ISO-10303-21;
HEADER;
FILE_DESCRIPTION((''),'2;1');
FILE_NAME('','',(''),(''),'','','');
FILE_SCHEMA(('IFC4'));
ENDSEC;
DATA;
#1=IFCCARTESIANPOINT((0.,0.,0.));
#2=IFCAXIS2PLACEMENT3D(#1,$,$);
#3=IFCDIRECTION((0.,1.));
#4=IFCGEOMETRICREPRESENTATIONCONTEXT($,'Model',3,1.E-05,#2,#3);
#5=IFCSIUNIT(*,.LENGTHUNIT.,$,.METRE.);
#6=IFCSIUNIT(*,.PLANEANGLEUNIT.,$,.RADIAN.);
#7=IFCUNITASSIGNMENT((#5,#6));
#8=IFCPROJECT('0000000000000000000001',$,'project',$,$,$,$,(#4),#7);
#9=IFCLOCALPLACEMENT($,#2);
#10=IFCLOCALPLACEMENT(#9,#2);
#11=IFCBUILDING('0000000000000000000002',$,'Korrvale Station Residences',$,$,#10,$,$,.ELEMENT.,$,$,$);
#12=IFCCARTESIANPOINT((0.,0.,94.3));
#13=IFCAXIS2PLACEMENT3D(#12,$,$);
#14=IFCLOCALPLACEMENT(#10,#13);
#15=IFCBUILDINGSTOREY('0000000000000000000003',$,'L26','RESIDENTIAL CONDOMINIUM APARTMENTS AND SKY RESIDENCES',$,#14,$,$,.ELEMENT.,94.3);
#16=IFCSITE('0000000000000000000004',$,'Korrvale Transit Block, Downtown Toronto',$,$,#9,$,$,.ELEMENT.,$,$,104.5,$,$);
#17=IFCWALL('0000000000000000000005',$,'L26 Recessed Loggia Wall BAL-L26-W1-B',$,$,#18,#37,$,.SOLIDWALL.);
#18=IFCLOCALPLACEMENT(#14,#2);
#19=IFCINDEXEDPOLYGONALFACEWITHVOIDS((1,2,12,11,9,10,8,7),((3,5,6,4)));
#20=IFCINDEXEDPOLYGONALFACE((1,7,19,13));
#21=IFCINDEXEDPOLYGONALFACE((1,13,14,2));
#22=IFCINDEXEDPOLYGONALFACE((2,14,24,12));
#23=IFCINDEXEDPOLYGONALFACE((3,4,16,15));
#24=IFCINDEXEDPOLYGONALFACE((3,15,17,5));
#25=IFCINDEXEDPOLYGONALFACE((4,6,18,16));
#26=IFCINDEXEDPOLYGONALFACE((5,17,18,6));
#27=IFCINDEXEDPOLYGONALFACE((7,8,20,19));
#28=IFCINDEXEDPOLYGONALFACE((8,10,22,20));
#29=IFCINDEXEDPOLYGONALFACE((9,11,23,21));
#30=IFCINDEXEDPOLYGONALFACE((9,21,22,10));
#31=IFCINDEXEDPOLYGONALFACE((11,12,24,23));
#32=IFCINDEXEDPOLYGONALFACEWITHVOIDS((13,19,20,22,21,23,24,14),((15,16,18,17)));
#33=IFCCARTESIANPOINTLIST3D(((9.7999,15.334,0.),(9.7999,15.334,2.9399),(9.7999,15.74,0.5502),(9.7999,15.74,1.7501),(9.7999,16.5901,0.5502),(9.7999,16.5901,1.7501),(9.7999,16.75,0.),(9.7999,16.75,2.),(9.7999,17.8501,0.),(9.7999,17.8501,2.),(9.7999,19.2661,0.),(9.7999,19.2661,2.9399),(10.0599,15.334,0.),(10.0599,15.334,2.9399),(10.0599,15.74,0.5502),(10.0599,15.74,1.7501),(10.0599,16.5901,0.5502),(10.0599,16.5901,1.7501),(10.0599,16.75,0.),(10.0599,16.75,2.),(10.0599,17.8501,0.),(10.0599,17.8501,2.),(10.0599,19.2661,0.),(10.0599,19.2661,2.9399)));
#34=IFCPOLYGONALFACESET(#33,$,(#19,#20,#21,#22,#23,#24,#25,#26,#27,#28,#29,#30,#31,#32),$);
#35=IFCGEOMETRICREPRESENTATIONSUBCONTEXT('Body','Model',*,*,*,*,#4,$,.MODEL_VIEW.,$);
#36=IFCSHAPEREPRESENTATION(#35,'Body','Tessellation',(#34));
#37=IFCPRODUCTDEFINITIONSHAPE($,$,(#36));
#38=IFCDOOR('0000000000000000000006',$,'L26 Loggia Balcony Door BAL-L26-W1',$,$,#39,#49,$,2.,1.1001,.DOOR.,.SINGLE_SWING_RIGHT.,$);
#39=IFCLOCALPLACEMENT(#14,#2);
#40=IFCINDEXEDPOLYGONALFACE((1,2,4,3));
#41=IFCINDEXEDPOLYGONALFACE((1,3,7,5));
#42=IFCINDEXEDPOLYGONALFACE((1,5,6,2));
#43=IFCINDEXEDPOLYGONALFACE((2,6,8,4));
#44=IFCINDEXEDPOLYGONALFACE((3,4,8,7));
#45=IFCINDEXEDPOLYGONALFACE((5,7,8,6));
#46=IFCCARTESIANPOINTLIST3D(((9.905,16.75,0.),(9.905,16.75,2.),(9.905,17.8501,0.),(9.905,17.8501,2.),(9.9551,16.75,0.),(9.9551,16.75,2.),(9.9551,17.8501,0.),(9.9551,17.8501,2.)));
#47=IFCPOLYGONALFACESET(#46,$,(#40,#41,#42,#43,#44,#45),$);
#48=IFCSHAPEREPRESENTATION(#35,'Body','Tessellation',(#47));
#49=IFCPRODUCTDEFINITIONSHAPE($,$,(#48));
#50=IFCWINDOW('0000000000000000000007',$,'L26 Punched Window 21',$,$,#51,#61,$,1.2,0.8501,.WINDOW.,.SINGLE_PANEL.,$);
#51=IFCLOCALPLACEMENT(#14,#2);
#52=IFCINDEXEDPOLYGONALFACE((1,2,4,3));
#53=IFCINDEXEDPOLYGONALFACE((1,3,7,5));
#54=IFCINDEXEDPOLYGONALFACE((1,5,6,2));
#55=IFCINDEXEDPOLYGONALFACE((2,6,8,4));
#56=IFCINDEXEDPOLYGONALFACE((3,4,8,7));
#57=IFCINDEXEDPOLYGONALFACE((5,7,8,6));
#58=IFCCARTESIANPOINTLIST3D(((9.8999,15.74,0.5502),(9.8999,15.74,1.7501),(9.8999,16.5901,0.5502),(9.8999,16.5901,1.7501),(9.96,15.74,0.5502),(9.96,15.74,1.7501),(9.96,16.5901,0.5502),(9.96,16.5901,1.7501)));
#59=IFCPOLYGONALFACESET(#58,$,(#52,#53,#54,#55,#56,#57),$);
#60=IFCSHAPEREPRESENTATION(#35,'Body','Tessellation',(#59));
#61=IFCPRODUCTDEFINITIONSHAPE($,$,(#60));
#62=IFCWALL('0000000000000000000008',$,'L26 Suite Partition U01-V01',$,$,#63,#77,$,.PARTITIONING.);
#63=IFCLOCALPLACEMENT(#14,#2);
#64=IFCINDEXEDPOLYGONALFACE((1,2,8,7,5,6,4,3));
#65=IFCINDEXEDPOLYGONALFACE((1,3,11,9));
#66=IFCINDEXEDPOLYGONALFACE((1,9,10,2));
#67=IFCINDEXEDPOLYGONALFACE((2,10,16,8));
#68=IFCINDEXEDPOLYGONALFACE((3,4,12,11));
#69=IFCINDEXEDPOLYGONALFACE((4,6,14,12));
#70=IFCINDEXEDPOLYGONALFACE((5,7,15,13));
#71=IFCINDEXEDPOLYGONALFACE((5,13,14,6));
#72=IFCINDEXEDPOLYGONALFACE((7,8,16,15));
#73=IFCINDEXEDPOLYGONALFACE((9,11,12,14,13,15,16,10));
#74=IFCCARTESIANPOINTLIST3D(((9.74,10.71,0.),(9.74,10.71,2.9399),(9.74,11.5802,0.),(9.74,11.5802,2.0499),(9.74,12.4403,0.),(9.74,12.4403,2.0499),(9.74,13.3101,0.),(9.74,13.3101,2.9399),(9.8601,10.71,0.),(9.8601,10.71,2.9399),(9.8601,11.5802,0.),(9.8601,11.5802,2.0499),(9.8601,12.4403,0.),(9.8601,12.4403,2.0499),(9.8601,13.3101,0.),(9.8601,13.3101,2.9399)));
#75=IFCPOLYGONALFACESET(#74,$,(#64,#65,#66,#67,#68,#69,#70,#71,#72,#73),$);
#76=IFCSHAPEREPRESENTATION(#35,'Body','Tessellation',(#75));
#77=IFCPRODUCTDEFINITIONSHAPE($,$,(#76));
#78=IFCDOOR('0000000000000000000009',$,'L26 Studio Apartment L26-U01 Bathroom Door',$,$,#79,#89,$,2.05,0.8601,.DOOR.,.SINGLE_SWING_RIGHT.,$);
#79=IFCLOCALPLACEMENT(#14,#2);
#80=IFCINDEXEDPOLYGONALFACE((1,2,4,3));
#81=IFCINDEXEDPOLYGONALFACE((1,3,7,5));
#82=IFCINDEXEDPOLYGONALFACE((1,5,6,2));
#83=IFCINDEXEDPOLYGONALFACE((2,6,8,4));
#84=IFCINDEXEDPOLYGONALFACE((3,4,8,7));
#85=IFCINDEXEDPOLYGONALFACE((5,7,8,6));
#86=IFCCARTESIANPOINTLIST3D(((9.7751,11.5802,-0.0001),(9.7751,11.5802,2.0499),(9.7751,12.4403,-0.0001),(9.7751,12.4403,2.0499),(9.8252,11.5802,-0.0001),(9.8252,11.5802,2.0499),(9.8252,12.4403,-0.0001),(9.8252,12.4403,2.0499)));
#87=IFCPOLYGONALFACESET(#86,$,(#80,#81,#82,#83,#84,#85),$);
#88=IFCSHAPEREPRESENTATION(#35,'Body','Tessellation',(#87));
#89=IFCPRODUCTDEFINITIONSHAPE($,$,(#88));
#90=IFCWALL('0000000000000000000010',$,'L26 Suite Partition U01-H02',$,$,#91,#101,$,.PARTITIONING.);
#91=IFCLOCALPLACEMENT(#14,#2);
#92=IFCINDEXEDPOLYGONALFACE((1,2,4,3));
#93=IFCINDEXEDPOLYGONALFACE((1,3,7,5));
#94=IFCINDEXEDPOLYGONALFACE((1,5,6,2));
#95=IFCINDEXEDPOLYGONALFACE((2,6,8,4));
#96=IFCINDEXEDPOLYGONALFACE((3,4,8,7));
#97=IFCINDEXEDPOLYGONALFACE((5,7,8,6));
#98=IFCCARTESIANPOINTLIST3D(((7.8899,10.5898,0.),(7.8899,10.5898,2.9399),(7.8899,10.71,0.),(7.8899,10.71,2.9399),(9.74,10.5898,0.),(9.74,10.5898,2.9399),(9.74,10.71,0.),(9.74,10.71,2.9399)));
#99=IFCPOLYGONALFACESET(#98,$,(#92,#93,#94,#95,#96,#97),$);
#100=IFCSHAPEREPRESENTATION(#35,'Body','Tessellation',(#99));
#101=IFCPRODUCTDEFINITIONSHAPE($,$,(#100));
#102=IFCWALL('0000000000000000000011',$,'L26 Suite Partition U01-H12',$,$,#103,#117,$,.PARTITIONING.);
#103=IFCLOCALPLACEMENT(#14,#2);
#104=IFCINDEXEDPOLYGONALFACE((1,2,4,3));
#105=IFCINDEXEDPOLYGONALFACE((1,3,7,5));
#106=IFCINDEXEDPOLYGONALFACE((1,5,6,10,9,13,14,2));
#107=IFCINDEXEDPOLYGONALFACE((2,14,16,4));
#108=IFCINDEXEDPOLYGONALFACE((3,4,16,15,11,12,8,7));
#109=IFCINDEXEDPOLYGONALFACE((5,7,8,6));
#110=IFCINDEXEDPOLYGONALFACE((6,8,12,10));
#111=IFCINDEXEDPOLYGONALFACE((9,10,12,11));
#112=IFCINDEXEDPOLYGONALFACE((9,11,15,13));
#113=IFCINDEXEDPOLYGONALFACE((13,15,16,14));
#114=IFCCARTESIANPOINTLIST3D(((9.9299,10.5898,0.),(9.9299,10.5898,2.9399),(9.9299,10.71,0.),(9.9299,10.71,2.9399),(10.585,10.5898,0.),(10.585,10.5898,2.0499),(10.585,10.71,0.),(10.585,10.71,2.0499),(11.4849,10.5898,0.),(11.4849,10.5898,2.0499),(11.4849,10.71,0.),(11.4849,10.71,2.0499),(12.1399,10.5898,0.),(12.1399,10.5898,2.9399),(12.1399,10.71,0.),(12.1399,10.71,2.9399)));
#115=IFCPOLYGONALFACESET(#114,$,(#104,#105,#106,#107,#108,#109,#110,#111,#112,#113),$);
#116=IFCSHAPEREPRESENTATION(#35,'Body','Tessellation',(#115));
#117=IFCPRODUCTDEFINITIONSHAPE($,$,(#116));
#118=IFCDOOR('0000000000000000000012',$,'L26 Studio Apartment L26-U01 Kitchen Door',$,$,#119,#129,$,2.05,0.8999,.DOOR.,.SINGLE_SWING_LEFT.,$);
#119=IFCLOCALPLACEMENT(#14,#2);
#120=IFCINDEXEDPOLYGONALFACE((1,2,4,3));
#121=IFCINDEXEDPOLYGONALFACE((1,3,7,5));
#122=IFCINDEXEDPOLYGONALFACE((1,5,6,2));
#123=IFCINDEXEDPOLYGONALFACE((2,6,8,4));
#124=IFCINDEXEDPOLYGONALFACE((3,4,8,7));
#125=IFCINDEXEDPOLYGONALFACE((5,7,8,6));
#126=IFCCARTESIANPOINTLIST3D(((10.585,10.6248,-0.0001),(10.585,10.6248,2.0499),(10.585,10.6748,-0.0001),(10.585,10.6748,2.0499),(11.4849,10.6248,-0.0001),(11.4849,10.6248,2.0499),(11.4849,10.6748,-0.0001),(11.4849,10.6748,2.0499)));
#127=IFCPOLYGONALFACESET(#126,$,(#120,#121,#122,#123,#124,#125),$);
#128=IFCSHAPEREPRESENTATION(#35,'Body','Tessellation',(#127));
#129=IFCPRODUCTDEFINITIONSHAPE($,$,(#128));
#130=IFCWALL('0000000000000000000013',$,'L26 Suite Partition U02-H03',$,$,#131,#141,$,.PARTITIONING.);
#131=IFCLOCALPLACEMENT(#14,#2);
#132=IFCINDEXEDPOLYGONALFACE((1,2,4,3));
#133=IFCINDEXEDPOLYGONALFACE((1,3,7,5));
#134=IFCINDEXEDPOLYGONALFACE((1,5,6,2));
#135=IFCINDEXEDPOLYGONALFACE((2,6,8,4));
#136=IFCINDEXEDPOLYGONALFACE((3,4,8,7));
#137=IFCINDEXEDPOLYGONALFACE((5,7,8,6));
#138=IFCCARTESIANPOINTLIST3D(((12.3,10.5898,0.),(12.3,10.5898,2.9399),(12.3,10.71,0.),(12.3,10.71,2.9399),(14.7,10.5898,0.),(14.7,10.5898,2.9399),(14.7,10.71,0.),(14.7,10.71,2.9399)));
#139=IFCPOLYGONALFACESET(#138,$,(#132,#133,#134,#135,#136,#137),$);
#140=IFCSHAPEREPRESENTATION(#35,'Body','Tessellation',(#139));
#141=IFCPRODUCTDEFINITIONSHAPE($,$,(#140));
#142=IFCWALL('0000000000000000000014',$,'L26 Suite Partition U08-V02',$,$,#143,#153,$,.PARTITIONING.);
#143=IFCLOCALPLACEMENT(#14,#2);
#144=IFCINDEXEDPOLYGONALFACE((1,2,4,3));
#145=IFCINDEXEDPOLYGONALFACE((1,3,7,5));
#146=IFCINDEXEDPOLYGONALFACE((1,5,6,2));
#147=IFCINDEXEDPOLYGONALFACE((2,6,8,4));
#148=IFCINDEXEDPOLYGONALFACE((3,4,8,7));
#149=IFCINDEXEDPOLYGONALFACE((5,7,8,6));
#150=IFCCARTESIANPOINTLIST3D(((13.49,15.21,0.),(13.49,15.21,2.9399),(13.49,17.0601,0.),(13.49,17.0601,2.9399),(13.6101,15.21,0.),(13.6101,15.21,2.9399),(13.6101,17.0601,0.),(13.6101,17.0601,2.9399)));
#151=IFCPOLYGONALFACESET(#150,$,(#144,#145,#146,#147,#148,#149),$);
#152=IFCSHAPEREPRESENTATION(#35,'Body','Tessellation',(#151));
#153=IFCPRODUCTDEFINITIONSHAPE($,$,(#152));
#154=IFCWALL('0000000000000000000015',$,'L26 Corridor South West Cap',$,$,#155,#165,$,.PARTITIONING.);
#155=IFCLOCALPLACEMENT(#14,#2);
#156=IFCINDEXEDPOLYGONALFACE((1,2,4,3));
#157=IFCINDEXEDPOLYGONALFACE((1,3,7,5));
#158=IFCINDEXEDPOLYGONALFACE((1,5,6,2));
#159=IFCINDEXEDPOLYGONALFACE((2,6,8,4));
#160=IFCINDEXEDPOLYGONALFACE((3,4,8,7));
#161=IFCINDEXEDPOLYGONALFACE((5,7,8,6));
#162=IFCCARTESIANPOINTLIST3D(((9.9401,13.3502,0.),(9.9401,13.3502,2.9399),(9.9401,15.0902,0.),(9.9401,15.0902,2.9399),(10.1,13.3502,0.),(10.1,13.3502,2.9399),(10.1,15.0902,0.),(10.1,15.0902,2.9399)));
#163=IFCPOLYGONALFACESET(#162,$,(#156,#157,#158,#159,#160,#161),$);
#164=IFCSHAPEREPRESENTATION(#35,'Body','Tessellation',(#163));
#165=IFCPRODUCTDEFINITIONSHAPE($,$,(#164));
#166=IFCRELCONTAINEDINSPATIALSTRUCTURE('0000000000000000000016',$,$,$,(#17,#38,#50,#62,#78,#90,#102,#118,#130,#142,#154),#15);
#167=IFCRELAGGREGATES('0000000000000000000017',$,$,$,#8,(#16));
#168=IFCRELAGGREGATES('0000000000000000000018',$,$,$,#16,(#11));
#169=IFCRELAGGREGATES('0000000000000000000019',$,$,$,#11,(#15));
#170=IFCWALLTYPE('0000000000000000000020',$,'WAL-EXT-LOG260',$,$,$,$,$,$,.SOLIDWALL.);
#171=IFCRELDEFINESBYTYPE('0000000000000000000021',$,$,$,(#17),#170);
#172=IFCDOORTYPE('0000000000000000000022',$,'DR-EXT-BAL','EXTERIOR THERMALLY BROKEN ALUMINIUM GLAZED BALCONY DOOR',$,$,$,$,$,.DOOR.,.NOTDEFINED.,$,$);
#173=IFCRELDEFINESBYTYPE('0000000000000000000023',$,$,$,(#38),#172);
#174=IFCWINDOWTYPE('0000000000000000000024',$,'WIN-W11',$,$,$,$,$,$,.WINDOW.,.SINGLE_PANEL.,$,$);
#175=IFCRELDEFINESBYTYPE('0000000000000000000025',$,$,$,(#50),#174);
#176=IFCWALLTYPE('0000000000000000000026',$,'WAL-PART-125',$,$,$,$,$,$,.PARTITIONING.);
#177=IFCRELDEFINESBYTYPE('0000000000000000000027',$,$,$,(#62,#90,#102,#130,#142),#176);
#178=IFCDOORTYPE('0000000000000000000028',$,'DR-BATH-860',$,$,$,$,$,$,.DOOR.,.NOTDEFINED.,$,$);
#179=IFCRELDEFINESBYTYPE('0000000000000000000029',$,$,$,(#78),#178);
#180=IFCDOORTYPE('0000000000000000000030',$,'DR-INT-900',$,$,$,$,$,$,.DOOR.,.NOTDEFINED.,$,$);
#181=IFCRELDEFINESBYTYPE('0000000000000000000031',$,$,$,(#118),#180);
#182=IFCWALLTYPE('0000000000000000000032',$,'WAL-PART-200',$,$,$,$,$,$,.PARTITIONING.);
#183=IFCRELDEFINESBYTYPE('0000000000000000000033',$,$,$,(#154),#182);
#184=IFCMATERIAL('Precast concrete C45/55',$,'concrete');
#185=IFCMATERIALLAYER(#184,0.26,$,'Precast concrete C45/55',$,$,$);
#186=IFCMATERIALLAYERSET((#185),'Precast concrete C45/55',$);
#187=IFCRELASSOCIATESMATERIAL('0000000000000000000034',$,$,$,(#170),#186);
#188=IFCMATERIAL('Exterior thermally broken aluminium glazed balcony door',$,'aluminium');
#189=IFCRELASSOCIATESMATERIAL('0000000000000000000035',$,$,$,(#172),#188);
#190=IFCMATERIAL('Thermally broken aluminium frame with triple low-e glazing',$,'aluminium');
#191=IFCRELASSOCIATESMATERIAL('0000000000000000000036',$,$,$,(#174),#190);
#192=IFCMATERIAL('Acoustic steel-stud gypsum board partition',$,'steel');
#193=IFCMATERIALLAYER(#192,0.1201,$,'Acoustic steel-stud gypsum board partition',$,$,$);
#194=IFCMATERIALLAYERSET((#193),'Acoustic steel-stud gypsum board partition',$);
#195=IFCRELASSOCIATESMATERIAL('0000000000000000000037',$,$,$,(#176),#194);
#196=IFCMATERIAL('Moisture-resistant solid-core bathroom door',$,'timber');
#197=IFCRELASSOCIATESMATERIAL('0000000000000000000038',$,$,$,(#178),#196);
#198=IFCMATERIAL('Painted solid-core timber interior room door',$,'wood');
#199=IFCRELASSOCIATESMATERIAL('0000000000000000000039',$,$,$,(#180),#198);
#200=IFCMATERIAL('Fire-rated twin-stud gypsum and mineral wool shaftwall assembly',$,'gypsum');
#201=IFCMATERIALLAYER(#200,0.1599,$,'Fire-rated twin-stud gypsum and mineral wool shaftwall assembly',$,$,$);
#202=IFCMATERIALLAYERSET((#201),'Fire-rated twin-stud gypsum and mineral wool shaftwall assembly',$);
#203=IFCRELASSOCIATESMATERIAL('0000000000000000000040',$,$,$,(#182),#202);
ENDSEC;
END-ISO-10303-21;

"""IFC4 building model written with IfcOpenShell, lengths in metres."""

from ifc_helpers import new_model, si_unit, direction, frame, frame_2d, origin, place, context, subcontext, project, spatial, rectangle, extrude, material, layer, layer_set, type_object, element, fill, save


model = new_model("IFC4")

# Units and contexts
model_context = context("Model", 3, precision=1e-05, world=origin(), true_north=direction((0.0, 1.0)))
body_context = subcontext(model_context, "Body", "Model", "MODEL_VIEW")
ifc_project = project(units=[si_unit("LENGTHUNIT", "METRE"), si_unit("PLANEANGLEUNIT", "RADIAN")], contexts=[model_context])

# Site, building, storey
site_placement = place(None, origin())
site = spatial("IfcSite", under=ifc_project, at=site_placement, Name="Korrvale Transit Block, Downtown Toronto", CompositionType="ELEMENT", RefElevation=104.5)
building_placement = place(site_placement, origin())
building = spatial("IfcBuilding", under=site, at=building_placement, Name="Korrvale Station Residences", CompositionType="ELEMENT")
storey_placement = place(building_placement, frame((0.0, 0.0, 94.3)))
storey = spatial("IfcBuildingStorey", under=building, at=storey_placement, Name="L26", Description="RESIDENTIAL CONDOMINIUM APARTMENTS AND SKY RESIDENCES", CompositionType="ELEMENT", Elevation=94.3)

# Shared definitions
ifc_material_1 = material(Name="Precast concrete C45/55", Category="concrete")
ifc_layer_1 = layer(ifc_material_1, 0.26, Name="Precast concrete C45/55")
ifc_layer_set_1 = layer_set([ifc_layer_1], Name="Precast concrete C45/55")
wall_type_1 = type_object("IfcWallType", Name="WAL-EXT-LOG260", PredefinedType="SOLIDWALL", material=ifc_layer_set_1)

# Wall, openings, door, window
wall_1_placement = place(storey_placement, frame((9.9299, 15.334, 0.0), z_axis=(0.0, 0.0, 1.0), x_axis=(0.0, 1.0, 0.0)))
wall_1 = element("IfcWall", 1, at=wall_1_placement, inside=storey, type_object=wall_type_1, Name="L26 Recessed Loggia Wall BAL-L26-W1-B", PredefinedType="SOLIDWALL", context=body_context, shape_type="SweptSolid", body=[
    extrude(rectangle(XDim=3.9321, YDim=0.26, at=frame_2d((1.9661, 0.0))), origin(), (0.0, 0.0, 1.0), 2.9399),
])
opening_1_placement = place(wall_1_placement, frame((1.416, 0.0, 0.0)))
opening_1 = element("IfcOpeningElement", 2, at=opening_1_placement, cuts=wall_1, PredefinedType="OPENING", context=body_context, shape_type="SweptSolid", body=[
    extrude(rectangle(XDim=1.1001, YDim=2.0, at=frame_2d((0.55, 1.0))), frame((0.0, 0.1401, 0.0), z_axis=(0.0, -1.0, 0.0), x_axis=(1.0, 0.0, 0.0)), (0.0, 0.0, 1.0), 0.28),
])
opening_2_placement = place(wall_1_placement, frame((0.406, 0.0, 0.55)))
opening_2 = element("IfcOpeningElement", 3, at=opening_2_placement, cuts=wall_1, PredefinedType="OPENING", context=body_context, shape_type="SweptSolid", body=[
    extrude(rectangle(XDim=0.8501, YDim=1.2, at=frame_2d((0.425, 0.6001))), frame((0.0, 0.1401, 0.0), z_axis=(0.0, -1.0, 0.0), x_axis=(1.0, 0.0, 0.0)), (0.0, 0.0, 1.0), 0.28),
])
ifc_material_2 = material(Name="Exterior thermally broken aluminium glazed balcony door", Category="aluminium")
door_type_1 = type_object("IfcDoorType", Name="DR-EXT-BAL", Description="EXTERIOR THERMALLY BROKEN ALUMINIUM GLAZED BALCONY DOOR", OperationType="NOTDEFINED", PredefinedType="DOOR", material=ifc_material_2)
door_1_placement = place(opening_1_placement, origin())
door_1 = element("IfcDoor", 4, at=door_1_placement, inside=storey, type_object=door_type_1, Name="L26 Loggia Balcony Door BAL-L26-W1", OperationType="SINGLE_SWING_RIGHT", OverallHeight=2.0, OverallWidth=1.1001, PredefinedType="DOOR", context=body_context, shape_type="SweptSolid", body=[
    extrude(rectangle(XDim=1.1001, YDim=2.0, at=frame_2d((0.55, 1.0))), frame((0.0, 0.0249, 0.0), z_axis=(0.0, -1.0, 0.0), x_axis=(1.0, 0.0, 0.0)), (0.0, 0.0, 1.0), 0.05),
])
fill(opening_1, door_1)
ifc_material_3 = material(Name="Thermally broken aluminium frame with triple low-e glazing", Category="aluminium")
window_type = type_object("IfcWindowType", Name="WIN-W11", PartitioningType="SINGLE_PANEL", PredefinedType="WINDOW", material=ifc_material_3)
window_placement = place(opening_2_placement, origin())
window = element("IfcWindow", 5, at=window_placement, inside=storey, type_object=window_type, Name="L26 Punched Window 21", OverallHeight=1.2, OverallWidth=0.8501, PartitioningType="SINGLE_PANEL", PredefinedType="WINDOW", context=body_context, shape_type="SweptSolid", body=[
    extrude(rectangle(XDim=0.8501, YDim=1.2, at=frame_2d((0.425, 0.6001))), frame((0.0, 0.03, 0.0), z_axis=(0.0, -1.0, 0.0), x_axis=(1.0, 0.0, 0.0)), (0.0, 0.0, 1.0), 0.0601),
])
fill(opening_2, window)

# Wall, opening, door
ifc_material_4 = material(Name="Acoustic steel-stud gypsum board partition", Category="steel")
ifc_layer_2 = layer(ifc_material_4, 0.1201, Name="Acoustic steel-stud gypsum board partition")
ifc_layer_set_2 = layer_set([ifc_layer_2], Name="Acoustic steel-stud gypsum board partition")
wall_type_2 = type_object("IfcWallType", Name="WAL-PART-125", PredefinedType="PARTITIONING", material=ifc_layer_set_2)
wall_2_placement = place(storey_placement, frame((9.8, 10.71, 0.0), z_axis=(0.0, 0.0, 1.0), x_axis=(0.0, 1.0, 0.0)))
wall_2 = element("IfcWall", 6, at=wall_2_placement, inside=storey, type_object=wall_type_2, Name="L26 Suite Partition U01-V01", PredefinedType="PARTITIONING", context=body_context, shape_type="SweptSolid", body=[
    extrude(rectangle(XDim=2.6001, YDim=0.1201, at=frame_2d((1.3, 0.0))), origin(), (0.0, 0.0, 1.0), 2.9399),
])
opening_3_placement = place(wall_2_placement, frame((0.8701, 0.0, 0.0)))
opening_3 = element("IfcOpeningElement", 7, at=opening_3_placement, cuts=wall_2, PredefinedType="OPENING", context=body_context, shape_type="SweptSolid", body=[
    extrude(rectangle(XDim=0.8601, YDim=2.05, at=frame_2d((0.4302, 1.0249))), frame((0.0, 0.0701, 0.0), z_axis=(0.0, -1.0, 0.0), x_axis=(1.0, 0.0, 0.0)), (0.0, 0.0, 1.0), 0.1401),
])
ifc_material_5 = material(Name="Moisture-resistant solid-core bathroom door", Category="timber")
door_type_2 = type_object("IfcDoorType", Name="DR-BATH-860", OperationType="NOTDEFINED", PredefinedType="DOOR", material=ifc_material_5)
door_2_placement = place(opening_3_placement, origin())
door_2 = element("IfcDoor", 8, at=door_2_placement, inside=storey, type_object=door_type_2, Name="L26 Studio Apartment L26-U01 Bathroom Door", OperationType="SINGLE_SWING_RIGHT", OverallHeight=2.05, OverallWidth=0.8601, PredefinedType="DOOR", context=body_context, shape_type="SweptSolid", body=[
    extrude(rectangle(XDim=0.8601, YDim=2.05, at=frame_2d((0.4302, 1.0249))), frame((0.0, 0.0249, 0.0), z_axis=(0.0, -1.0, 0.0), x_axis=(1.0, 0.0, 0.0)), (0.0, 0.0, 1.0), 0.05),
])
fill(opening_3, door_2)

# Wall
wall_3_placement = place(storey_placement, frame((7.8899, 10.6499, 0.0), z_axis=(0.0, 0.0, 1.0), x_axis=(1.0, 0.0, 0.0)))
element("IfcWall", 9, at=wall_3_placement, inside=storey, type_object=wall_type_2, Name="L26 Suite Partition U01-H02", PredefinedType="PARTITIONING", context=body_context, shape_type="SweptSolid", body=[
    extrude(rectangle(XDim=1.8501, YDim=0.1201, at=frame_2d((0.925, 0.0))), origin(), (0.0, 0.0, 1.0), 2.9399),
])

# Wall, opening, door
wall_4_placement = place(storey_placement, frame((9.9299, 10.6499, 0.0), z_axis=(0.0, 0.0, 1.0), x_axis=(1.0, 0.0, 0.0)))
wall_4 = element("IfcWall", 10, at=wall_4_placement, inside=storey, type_object=wall_type_2, Name="L26 Suite Partition U01-H12", PredefinedType="PARTITIONING", context=body_context, shape_type="SweptSolid", body=[
    extrude(rectangle(XDim=2.21, YDim=0.1201, at=frame_2d((1.105, 0.0))), origin(), (0.0, 0.0, 1.0), 2.9399),
])
opening_4_placement = place(wall_4_placement, frame((0.655, 0.0, 0.0)))
opening_4 = element("IfcOpeningElement", 11, at=opening_4_placement, cuts=wall_4, PredefinedType="OPENING", context=body_context, shape_type="SweptSolid", body=[
    extrude(rectangle(XDim=0.8999, YDim=2.05, at=frame_2d((0.45, 1.0249))), frame((0.0, 0.0701, 0.0), z_axis=(0.0, -1.0, 0.0), x_axis=(1.0, 0.0, 0.0)), (0.0, 0.0, 1.0), 0.1401),
])
ifc_material_6 = material(Name="Painted solid-core timber interior room door", Category="wood")
door_type_3 = type_object("IfcDoorType", Name="DR-INT-900", OperationType="NOTDEFINED", PredefinedType="DOOR", material=ifc_material_6)
door_3_placement = place(opening_4_placement, origin())
door_3 = element("IfcDoor", 12, at=door_3_placement, inside=storey, type_object=door_type_3, Name="L26 Studio Apartment L26-U01 Kitchen Door", OperationType="SINGLE_SWING_LEFT", OverallHeight=2.05, OverallWidth=0.8999, PredefinedType="DOOR", context=body_context, shape_type="SweptSolid", body=[
    extrude(rectangle(XDim=0.8999, YDim=2.05, at=frame_2d((0.45, 1.0249))), frame((0.0, 0.0249, 0.0), z_axis=(0.0, -1.0, 0.0), x_axis=(1.0, 0.0, 0.0)), (0.0, 0.0, 1.0), 0.05),
])
fill(opening_4, door_3)

# Walls
wall_5_placement = place(storey_placement, frame((12.3, 10.6499, 0.0), z_axis=(0.0, 0.0, 1.0), x_axis=(1.0, 0.0, 0.0)))
element("IfcWall", 13, at=wall_5_placement, inside=storey, type_object=wall_type_2, Name="L26 Suite Partition U02-H03", PredefinedType="PARTITIONING", context=body_context, shape_type="SweptSolid", body=[
    extrude(rectangle(XDim=2.3999, YDim=0.1201, at=frame_2d((1.2, 0.0))), origin(), (0.0, 0.0, 1.0), 2.9399),
])
wall_6_placement = place(storey_placement, frame((13.55, 15.21, 0.0), z_axis=(0.0, 0.0, 1.0), x_axis=(0.0, 1.0, 0.0)))
element("IfcWall", 14, at=wall_6_placement, inside=storey, type_object=wall_type_2, Name="L26 Suite Partition U08-V02", PredefinedType="PARTITIONING", context=body_context, shape_type="SweptSolid", body=[
    extrude(rectangle(XDim=1.8501, YDim=0.1201, at=frame_2d((0.925, 0.0))), origin(), (0.0, 0.0, 1.0), 2.9399),
])
ifc_material_7 = material(Name="Fire-rated twin-stud gypsum and mineral wool shaftwall assembly", Category="gypsum")
ifc_layer_3 = layer(ifc_material_7, 0.1599, Name="Fire-rated twin-stud gypsum and mineral wool shaftwall assembly")
ifc_layer_set_3 = layer_set([ifc_layer_3], Name="Fire-rated twin-stud gypsum and mineral wool shaftwall assembly")
wall_type_3 = type_object("IfcWallType", Name="WAL-PART-200", PredefinedType="PARTITIONING", material=ifc_layer_set_3)
wall_7_placement = place(storey_placement, frame((10.02, 13.3501, 0.0), z_axis=(0.0, 0.0, 1.0), x_axis=(0.0, 1.0, 0.0)))
element("IfcWall", 15, at=wall_7_placement, inside=storey, type_object=wall_type_3, Name="L26 Corridor South West Cap", PredefinedType="PARTITIONING", context=body_context, shape_type="SweptSolid", body=[
    extrude(rectangle(XDim=1.74, YDim=0.1599, at=frame_2d((0.8701, 0.0))), origin(), (0.0, 0.0, 1.0), 2.9399),
])

save(model, "model.ifc")
